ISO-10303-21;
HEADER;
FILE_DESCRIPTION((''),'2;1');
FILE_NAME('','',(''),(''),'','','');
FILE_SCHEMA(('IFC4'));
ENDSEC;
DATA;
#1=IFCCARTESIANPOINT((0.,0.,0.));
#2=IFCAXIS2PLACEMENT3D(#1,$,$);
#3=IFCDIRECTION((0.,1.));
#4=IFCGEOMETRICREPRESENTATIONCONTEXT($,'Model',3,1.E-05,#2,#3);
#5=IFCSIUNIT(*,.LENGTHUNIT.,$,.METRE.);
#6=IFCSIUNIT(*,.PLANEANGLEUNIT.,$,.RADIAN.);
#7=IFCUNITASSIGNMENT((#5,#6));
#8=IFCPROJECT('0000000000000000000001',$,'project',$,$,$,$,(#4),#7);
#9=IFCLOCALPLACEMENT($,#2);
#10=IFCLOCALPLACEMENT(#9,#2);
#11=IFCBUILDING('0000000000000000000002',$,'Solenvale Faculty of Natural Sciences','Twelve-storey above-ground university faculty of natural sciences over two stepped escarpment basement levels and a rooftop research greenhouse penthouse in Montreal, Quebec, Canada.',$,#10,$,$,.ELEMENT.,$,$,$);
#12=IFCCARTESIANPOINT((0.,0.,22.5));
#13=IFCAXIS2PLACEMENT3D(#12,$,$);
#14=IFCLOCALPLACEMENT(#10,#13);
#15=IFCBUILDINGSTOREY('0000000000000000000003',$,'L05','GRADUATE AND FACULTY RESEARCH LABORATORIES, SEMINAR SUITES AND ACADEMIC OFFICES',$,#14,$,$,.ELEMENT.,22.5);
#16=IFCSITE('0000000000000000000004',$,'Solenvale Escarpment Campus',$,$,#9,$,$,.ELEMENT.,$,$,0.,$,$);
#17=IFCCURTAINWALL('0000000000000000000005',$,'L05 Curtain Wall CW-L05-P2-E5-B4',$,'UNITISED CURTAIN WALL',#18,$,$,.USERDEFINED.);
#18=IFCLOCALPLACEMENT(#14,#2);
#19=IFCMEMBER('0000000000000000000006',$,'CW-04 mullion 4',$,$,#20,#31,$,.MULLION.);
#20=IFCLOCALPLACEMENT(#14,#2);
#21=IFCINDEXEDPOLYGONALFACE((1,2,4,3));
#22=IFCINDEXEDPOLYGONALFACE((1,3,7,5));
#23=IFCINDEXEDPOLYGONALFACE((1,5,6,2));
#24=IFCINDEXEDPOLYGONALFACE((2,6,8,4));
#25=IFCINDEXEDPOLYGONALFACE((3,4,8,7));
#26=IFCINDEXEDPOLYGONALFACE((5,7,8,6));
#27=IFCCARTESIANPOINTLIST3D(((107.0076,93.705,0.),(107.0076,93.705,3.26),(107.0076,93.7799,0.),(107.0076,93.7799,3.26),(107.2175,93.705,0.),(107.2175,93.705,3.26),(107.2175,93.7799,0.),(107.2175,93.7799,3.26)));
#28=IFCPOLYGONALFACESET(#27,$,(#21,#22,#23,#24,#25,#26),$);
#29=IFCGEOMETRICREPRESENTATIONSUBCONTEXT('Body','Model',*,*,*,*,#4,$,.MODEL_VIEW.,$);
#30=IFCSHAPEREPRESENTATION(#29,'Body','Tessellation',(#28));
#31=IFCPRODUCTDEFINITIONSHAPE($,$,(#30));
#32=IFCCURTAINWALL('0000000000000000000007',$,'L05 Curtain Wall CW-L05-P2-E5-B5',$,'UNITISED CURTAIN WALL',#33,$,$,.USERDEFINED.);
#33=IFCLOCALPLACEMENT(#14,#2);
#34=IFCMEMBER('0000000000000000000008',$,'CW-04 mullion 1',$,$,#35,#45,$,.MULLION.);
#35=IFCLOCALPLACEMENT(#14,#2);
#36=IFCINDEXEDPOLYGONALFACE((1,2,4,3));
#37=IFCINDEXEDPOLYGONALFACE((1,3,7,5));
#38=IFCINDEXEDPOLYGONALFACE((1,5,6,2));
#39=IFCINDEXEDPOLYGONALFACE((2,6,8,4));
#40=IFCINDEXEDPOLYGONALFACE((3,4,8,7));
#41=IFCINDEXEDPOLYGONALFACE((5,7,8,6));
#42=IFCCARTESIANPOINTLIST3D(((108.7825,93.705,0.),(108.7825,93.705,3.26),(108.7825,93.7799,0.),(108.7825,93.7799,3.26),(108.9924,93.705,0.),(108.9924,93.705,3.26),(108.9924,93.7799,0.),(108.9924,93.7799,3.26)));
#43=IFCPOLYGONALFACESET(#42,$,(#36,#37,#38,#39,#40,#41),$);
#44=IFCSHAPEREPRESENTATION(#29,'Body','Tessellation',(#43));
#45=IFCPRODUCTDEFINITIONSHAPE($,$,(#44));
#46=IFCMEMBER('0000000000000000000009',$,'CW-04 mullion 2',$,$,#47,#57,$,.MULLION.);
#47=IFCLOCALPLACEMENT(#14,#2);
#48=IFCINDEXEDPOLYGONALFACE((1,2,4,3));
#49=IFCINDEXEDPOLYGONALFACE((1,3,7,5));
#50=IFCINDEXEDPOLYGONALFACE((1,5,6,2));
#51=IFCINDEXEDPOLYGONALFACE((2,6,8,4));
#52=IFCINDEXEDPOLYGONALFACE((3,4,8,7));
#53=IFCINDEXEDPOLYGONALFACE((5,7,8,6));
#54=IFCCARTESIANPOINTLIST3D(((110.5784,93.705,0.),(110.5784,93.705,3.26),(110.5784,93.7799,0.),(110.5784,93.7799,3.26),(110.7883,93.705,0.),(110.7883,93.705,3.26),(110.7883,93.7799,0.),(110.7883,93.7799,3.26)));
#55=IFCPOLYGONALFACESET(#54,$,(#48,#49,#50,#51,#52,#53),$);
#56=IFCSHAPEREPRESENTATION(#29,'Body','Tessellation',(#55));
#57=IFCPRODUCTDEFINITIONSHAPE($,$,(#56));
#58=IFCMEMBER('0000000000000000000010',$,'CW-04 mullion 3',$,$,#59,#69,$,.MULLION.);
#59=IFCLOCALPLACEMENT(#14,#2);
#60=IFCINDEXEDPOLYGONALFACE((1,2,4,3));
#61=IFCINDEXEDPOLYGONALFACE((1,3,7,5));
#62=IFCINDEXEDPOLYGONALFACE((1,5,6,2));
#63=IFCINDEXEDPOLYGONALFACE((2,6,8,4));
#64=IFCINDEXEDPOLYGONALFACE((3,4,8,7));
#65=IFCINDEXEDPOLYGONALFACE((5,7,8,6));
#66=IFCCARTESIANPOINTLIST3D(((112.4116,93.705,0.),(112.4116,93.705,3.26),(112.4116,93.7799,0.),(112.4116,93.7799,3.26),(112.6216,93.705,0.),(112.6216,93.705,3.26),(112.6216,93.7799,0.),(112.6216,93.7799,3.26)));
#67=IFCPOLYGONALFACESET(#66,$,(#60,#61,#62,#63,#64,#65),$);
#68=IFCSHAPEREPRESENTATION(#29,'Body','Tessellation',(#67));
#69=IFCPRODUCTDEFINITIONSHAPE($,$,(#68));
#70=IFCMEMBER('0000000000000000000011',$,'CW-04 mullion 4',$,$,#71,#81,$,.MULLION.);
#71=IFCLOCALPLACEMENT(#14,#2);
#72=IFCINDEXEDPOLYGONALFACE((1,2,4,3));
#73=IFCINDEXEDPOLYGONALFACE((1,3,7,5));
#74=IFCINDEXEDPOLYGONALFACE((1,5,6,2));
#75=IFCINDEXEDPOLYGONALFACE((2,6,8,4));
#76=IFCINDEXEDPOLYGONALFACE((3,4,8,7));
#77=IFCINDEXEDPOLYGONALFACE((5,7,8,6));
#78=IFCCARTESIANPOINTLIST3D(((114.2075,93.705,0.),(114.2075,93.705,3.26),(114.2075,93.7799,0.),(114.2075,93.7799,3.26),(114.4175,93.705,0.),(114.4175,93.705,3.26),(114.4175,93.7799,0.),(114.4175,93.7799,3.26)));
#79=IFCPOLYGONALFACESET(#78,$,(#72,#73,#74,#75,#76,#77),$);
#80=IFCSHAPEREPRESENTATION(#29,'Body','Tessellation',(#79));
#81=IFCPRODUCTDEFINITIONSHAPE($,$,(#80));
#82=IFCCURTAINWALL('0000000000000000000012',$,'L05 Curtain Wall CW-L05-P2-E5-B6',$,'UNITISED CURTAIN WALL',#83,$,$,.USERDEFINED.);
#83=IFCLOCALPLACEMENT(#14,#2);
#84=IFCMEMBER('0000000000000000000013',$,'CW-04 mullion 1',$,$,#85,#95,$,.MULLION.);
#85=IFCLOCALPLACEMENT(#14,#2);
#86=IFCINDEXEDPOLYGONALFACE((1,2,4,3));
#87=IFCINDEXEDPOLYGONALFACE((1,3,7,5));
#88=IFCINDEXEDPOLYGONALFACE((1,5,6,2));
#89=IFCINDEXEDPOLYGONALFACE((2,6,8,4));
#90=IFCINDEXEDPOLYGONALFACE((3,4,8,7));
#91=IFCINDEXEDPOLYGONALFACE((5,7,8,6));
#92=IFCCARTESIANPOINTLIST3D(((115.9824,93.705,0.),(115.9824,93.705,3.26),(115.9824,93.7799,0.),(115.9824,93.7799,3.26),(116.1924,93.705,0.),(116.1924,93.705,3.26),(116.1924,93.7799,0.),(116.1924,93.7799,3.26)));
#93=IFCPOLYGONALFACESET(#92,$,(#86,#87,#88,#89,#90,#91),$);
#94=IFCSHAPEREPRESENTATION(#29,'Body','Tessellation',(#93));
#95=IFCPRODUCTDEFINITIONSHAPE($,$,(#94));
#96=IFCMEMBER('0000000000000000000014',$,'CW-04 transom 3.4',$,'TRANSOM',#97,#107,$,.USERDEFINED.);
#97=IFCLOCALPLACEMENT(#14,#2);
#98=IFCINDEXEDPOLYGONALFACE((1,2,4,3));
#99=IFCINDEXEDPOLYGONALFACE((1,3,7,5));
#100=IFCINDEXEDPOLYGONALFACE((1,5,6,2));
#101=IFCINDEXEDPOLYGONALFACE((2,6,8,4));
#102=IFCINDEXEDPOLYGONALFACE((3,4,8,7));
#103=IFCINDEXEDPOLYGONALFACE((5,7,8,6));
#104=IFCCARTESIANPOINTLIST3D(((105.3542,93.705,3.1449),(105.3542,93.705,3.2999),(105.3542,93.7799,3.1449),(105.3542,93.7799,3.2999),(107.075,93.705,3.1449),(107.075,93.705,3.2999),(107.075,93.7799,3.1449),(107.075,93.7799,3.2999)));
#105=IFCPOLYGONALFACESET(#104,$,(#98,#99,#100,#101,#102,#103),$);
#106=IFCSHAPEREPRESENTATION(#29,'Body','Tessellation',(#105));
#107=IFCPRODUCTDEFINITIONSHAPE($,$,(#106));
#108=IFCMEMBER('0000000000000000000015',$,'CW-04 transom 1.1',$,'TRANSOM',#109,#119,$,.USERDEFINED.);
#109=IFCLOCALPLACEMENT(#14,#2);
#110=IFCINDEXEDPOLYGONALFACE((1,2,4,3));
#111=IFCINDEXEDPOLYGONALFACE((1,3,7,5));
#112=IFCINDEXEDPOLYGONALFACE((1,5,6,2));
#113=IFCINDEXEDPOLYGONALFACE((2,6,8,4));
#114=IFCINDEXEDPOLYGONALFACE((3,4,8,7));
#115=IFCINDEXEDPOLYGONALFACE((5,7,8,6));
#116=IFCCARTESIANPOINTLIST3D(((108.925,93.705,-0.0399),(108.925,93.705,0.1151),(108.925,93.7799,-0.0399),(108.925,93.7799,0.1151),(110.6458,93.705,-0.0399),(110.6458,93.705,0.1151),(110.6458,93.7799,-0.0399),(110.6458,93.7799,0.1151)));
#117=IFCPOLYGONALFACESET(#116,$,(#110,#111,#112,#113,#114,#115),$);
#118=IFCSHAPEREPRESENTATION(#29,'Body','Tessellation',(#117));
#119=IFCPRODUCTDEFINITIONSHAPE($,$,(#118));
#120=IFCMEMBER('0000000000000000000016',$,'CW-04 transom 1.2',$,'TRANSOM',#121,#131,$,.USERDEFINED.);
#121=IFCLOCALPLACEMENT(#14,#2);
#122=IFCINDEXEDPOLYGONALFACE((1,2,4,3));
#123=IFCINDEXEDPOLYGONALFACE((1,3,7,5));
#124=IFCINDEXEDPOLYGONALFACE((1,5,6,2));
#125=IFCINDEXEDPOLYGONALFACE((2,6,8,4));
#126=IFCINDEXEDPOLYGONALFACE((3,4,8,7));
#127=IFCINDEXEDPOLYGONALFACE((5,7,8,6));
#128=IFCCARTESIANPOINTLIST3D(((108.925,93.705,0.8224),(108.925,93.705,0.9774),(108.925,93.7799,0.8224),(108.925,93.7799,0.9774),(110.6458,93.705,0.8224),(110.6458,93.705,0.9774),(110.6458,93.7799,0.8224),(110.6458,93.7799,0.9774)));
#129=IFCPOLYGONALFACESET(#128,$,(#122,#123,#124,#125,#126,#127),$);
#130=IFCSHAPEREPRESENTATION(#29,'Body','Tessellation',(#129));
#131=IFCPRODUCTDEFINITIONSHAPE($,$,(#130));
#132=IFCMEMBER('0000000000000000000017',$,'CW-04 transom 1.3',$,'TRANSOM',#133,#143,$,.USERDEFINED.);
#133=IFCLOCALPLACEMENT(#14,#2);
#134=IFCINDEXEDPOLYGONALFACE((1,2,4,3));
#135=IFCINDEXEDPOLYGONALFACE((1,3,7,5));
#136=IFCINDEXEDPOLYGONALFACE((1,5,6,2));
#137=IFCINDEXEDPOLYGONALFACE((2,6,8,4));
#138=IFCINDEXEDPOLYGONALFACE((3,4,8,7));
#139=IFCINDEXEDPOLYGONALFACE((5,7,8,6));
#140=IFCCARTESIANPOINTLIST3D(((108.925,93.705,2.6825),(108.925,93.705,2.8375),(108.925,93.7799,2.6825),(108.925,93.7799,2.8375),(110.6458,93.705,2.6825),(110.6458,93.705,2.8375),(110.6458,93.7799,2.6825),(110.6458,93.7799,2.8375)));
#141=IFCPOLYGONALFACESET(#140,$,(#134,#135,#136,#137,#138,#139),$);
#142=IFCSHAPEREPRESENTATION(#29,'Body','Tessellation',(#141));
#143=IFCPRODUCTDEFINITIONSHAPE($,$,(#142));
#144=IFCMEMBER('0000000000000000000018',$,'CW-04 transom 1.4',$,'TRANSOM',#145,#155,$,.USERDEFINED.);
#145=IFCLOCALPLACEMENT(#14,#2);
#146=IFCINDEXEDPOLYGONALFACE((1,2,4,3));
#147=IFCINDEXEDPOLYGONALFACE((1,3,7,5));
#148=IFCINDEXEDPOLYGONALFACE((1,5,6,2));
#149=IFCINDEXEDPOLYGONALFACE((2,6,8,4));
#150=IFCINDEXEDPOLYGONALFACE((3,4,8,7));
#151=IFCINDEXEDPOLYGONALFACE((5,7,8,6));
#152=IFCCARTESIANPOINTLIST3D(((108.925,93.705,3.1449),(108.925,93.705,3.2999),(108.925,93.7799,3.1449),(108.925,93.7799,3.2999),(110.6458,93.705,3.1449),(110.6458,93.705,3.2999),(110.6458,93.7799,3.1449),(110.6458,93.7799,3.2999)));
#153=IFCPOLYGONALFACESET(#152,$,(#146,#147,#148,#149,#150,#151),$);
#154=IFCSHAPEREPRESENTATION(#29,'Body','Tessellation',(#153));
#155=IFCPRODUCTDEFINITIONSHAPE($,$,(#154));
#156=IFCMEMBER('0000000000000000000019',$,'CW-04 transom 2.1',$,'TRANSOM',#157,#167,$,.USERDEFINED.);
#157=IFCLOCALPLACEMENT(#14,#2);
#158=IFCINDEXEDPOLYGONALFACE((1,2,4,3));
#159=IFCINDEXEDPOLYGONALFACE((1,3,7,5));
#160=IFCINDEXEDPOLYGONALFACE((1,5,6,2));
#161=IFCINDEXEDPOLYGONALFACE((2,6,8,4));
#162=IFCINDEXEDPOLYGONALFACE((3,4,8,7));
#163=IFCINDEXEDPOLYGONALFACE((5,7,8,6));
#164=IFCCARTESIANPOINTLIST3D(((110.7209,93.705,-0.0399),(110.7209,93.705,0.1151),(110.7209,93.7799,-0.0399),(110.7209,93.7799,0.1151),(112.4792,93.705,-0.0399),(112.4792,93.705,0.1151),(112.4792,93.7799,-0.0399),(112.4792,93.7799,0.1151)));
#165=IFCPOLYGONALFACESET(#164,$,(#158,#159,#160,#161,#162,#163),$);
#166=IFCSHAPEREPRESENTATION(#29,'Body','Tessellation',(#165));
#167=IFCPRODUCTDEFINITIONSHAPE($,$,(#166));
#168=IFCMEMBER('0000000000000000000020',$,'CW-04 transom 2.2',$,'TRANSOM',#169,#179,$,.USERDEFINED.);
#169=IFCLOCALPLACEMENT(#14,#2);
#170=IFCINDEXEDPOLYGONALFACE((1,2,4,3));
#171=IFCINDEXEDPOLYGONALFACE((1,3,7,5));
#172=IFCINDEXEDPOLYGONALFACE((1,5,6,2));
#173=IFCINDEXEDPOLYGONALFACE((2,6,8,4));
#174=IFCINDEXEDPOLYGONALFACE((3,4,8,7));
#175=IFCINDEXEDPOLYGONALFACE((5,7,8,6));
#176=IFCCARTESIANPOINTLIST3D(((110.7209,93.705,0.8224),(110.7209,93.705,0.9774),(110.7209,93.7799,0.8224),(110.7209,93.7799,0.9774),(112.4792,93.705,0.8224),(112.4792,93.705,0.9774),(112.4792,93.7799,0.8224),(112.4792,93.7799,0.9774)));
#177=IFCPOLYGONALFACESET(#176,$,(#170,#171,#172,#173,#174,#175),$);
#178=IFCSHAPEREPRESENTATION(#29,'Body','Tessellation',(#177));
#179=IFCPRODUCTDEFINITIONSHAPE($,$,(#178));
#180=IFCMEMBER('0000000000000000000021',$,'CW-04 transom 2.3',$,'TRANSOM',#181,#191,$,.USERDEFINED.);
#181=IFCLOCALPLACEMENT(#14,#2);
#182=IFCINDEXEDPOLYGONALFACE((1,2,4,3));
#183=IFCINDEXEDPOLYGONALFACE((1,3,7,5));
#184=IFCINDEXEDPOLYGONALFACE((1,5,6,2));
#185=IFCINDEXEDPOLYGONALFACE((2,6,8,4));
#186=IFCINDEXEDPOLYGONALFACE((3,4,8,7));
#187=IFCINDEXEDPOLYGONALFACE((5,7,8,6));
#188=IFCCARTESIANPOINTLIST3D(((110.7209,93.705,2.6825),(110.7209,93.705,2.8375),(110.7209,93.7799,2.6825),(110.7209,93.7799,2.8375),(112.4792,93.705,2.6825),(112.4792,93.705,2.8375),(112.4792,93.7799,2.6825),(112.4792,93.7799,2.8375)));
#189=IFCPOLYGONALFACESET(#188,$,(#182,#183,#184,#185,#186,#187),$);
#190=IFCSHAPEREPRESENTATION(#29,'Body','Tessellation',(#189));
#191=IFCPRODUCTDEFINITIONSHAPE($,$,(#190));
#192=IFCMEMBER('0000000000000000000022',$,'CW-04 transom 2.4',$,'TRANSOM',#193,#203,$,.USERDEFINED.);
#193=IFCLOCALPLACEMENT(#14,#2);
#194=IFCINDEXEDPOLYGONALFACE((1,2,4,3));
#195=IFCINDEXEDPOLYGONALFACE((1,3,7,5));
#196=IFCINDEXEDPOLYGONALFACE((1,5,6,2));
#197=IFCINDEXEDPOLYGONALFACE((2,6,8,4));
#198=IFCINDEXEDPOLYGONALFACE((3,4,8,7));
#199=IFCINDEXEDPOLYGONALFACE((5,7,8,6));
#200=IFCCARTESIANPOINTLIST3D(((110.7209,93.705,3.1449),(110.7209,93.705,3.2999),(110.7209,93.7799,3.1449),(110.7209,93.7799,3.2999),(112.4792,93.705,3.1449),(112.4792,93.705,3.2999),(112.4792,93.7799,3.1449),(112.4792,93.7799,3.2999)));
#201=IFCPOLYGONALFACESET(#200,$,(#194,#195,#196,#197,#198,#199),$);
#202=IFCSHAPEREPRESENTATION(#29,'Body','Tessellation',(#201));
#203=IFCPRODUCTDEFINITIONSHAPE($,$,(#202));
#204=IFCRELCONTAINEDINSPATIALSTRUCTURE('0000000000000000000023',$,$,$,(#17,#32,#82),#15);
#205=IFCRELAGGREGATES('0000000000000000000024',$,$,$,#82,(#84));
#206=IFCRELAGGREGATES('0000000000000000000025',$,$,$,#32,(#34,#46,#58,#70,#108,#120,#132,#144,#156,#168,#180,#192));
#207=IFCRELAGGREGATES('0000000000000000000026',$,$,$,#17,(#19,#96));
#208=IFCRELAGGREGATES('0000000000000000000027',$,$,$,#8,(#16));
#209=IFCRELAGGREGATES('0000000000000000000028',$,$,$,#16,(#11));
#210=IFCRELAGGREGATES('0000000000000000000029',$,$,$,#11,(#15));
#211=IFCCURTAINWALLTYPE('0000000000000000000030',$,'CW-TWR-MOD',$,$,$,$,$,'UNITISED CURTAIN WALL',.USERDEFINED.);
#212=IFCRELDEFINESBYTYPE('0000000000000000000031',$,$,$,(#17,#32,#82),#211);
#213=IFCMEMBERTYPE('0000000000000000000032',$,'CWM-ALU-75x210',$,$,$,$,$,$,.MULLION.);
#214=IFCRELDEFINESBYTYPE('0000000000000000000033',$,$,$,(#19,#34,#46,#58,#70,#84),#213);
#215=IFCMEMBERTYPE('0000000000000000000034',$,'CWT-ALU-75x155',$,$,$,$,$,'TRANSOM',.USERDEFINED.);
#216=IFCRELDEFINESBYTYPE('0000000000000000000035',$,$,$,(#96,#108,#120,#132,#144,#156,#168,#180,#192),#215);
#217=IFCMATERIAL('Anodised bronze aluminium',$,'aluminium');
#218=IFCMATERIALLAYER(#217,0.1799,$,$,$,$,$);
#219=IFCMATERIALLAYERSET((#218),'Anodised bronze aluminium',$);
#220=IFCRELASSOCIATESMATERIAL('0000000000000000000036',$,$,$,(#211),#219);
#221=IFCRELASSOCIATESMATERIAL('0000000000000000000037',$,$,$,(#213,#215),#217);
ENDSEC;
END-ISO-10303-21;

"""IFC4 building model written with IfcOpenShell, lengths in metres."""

from ifc_helpers import new_model, si_unit, direction, frame, origin, origin_2d, place, context, subcontext, project, spatial, rectangle, extrude, material, layer, layer_set, material_profile, profile_set, type_object, element, aggregate, save


model = new_model("IFC4")

# Units and contexts
model_context = context("Model", 3, precision=1e-05, world=origin(), true_north=direction((0.0, 1.0)))
body_context = subcontext(model_context, "Body", "Model", "MODEL_VIEW")
ifc_project = project(units=[si_unit("LENGTHUNIT", "METRE"), si_unit("PLANEANGLEUNIT", "RADIAN")], contexts=[model_context])

# Site, building, storey
site_placement = place(None, origin())
site = spatial("IfcSite", under=ifc_project, at=site_placement, Name="Solenvale Escarpment Campus", CompositionType="ELEMENT", RefElevation=0.0)
building_placement = place(site_placement, origin())
building = spatial("IfcBuilding", under=site, at=building_placement, Name="Solenvale Faculty of Natural Sciences", Description="Twelve-storey above-ground university faculty of natural sciences over two stepped escarpment basement levels and a rooftop research greenhouse penthouse in Montreal, Quebec, Canada.", CompositionType="ELEMENT")
storey_placement = place(building_placement, frame((0.0, 0.0, 22.5)))
storey = spatial("IfcBuildingStorey", under=building, at=storey_placement, Name="L05", Description="GRADUATE AND FACULTY RESEARCH LABORATORIES, SEMINAR SUITES AND ACADEMIC OFFICES", CompositionType="ELEMENT", Elevation=22.5)

# Curtain wall, member
ifc_material_1 = material(Name="Anodised bronze aluminium", Category="aluminium")
ifc_layer_1 = layer(ifc_material_1, 0.1799)
ifc_layer_set_1 = layer_set([ifc_layer_1], Name="Anodised bronze aluminium")
curtain_wall_type = type_object("IfcCurtainWallType", Name="CW-TWR-MOD", ElementType="UNITISED CURTAIN WALL", PredefinedType="USERDEFINED", material=ifc_layer_set_1)
curtain_wall_1_placement = place(storey_placement, origin())
curtain_wall_1 = element("IfcCurtainWall", 1, at=curtain_wall_1_placement, inside=storey, type_object=curtain_wall_type, Name="L05 Curtain Wall CW-L05-P2-E5-B4", ObjectType="UNITISED CURTAIN WALL", PredefinedType="USERDEFINED")
ifc_material_profile_1 = material_profile(ifc_material_1, rectangle(XDim=0.075, YDim=0.21, at=origin_2d()), Name="ALU-MUL-75x210")
ifc_profile_set_1 = profile_set([ifc_material_profile_1], Name="Anodised bronze aluminium")
member_type_1 = type_object("IfcMemberType", Name="CWM-ALU-75x210", PredefinedType="MULLION", material=ifc_profile_set_1)
member_1_placement = place(storey_placement, frame((107.1125, 93.7424, 0.0), z_axis=(0.0, 0.0, 1.0), x_axis=(0.0, 1.0, 0.0)))
member_1 = element("IfcMember", 2, at=member_1_placement, type_object=member_type_1, Name="CW-04 mullion 4", PredefinedType="MULLION", context=body_context, shape_type="SweptSolid", body=[
    extrude(rectangle(XDim=0.075, YDim=0.21, at=origin_2d()), origin(), (0.0, 0.0, 1.0), 3.26),
])

# Curtain wall, members
curtain_wall_2_placement = place(storey_placement, origin())
curtain_wall_2 = element("IfcCurtainWall", 3, at=curtain_wall_2_placement, inside=storey, type_object=curtain_wall_type, Name="L05 Curtain Wall CW-L05-P2-E5-B5", ObjectType="UNITISED CURTAIN WALL", PredefinedType="USERDEFINED")
member_2_placement = place(storey_placement, frame((108.8875, 93.7424, 0.0), z_axis=(0.0, 0.0, 1.0), x_axis=(0.0, 1.0, 0.0)))
member_2 = element("IfcMember", 4, at=member_2_placement, type_object=member_type_1, Name="CW-04 mullion 1", PredefinedType="MULLION", context=body_context, shape_type="SweptSolid", body=[
    extrude(rectangle(XDim=0.075, YDim=0.21, at=origin_2d()), origin(), (0.0, 0.0, 1.0), 3.26),
])
member_3_placement = place(storey_placement, frame((110.6833, 93.7424, 0.0), z_axis=(0.0, 0.0, 1.0), x_axis=(0.0, 1.0, 0.0)))
member_3 = element("IfcMember", 5, at=member_3_placement, type_object=member_type_1, Name="CW-04 mullion 2", PredefinedType="MULLION", context=body_context, shape_type="SweptSolid", body=[
    extrude(rectangle(XDim=0.075, YDim=0.21, at=origin_2d()), origin(), (0.0, 0.0, 1.0), 3.26),
])
member_4_placement = place(storey_placement, frame((112.5166, 93.7424, 0.0), z_axis=(0.0, 0.0, 1.0), x_axis=(0.0, 1.0, 0.0)))
member_4 = element("IfcMember", 6, at=member_4_placement, type_object=member_type_1, Name="CW-04 mullion 3", PredefinedType="MULLION", context=body_context, shape_type="SweptSolid", body=[
    extrude(rectangle(XDim=0.075, YDim=0.21, at=origin_2d()), origin(), (0.0, 0.0, 1.0), 3.26),
])
member_5_placement = place(storey_placement, frame((114.3125, 93.7424, 0.0), z_axis=(0.0, 0.0, 1.0), x_axis=(0.0, 1.0, 0.0)))
member_5 = element("IfcMember", 7, at=member_5_placement, type_object=member_type_1, Name="CW-04 mullion 4", PredefinedType="MULLION", context=body_context, shape_type="SweptSolid", body=[
    extrude(rectangle(XDim=0.075, YDim=0.21, at=origin_2d()), origin(), (0.0, 0.0, 1.0), 3.26),
])

# Curtain wall, member
curtain_wall_3_placement = place(storey_placement, origin())
curtain_wall_3 = element("IfcCurtainWall", 8, at=curtain_wall_3_placement, inside=storey, type_object=curtain_wall_type, Name="L05 Curtain Wall CW-L05-P2-E5-B6", ObjectType="UNITISED CURTAIN WALL", PredefinedType="USERDEFINED")
member_6_placement = place(storey_placement, frame((116.0874, 93.7424, 0.0), z_axis=(0.0, 0.0, 1.0), x_axis=(0.0, 1.0, 0.0)))
member_6 = element("IfcMember", 9, at=member_6_placement, type_object=member_type_1, Name="CW-04 mullion 1", PredefinedType="MULLION", context=body_context, shape_type="SweptSolid", body=[
    extrude(rectangle(XDim=0.075, YDim=0.21, at=origin_2d()), origin(), (0.0, 0.0, 1.0), 3.26),
])

# Members
ifc_material_profile_2 = material_profile(ifc_material_1, rectangle(XDim=0.075, YDim=0.155, at=origin_2d()), Name="ALU-TRN-75x155")
ifc_profile_set_2 = profile_set([ifc_material_profile_2], Name="Anodised bronze aluminium")
member_type_2 = type_object("IfcMemberType", Name="CWT-ALU-75x155", ElementType="TRANSOM", PredefinedType="USERDEFINED", material=ifc_profile_set_2)
member_7_placement = place(storey_placement, frame((105.3542, 93.7424, 3.2224), z_axis=(1.0, 0.0, 0.0), x_axis=(0.0, 1.0, 0.0)))
member_7 = element("IfcMember", 10, at=member_7_placement, type_object=member_type_2, Name="CW-04 transom 3.4", ObjectType="TRANSOM", PredefinedType="USERDEFINED", context=body_context, shape_type="SweptSolid", body=[
    extrude(rectangle(XDim=0.075, YDim=0.155, at=origin_2d()), origin(), (0.0, 0.0, 1.0), 1.7207),
])
member_8_placement = place(storey_placement, frame((108.925, 93.7424, 0.0376), z_axis=(1.0, 0.0, 0.0), x_axis=(0.0, 1.0, 0.0)))
member_8 = element("IfcMember", 11, at=member_8_placement, type_object=member_type_2, Name="CW-04 transom 1.1", ObjectType="TRANSOM", PredefinedType="USERDEFINED", context=body_context, shape_type="SweptSolid", body=[
    extrude(rectangle(XDim=0.075, YDim=0.155, at=origin_2d()), origin(), (0.0, 0.0, 1.0), 1.7207),
])
member_9_placement = place(storey_placement, frame((108.925, 93.7424, 0.8999), z_axis=(1.0, 0.0, 0.0), x_axis=(0.0, 1.0, 0.0)))
member_9 = element("IfcMember", 12, at=member_9_placement, type_object=member_type_2, Name="CW-04 transom 1.2", ObjectType="TRANSOM", PredefinedType="USERDEFINED", context=body_context, shape_type="SweptSolid", body=[
    extrude(rectangle(XDim=0.075, YDim=0.155, at=origin_2d()), origin(), (0.0, 0.0, 1.0), 1.7207),
])
member_10_placement = place(storey_placement, frame((108.925, 93.7424, 2.76), z_axis=(1.0, 0.0, 0.0), x_axis=(0.0, 1.0, 0.0)))
member_10 = element("IfcMember", 13, at=member_10_placement, type_object=member_type_2, Name="CW-04 transom 1.3", ObjectType="TRANSOM", PredefinedType="USERDEFINED", context=body_context, shape_type="SweptSolid", body=[
    extrude(rectangle(XDim=0.075, YDim=0.155, at=origin_2d()), origin(), (0.0, 0.0, 1.0), 1.7207),
])
member_11_placement = place(storey_placement, frame((108.925, 93.7424, 3.2224), z_axis=(1.0, 0.0, 0.0), x_axis=(0.0, 1.0, 0.0)))
member_11 = element("IfcMember", 14, at=member_11_placement, type_object=member_type_2, Name="CW-04 transom 1.4", ObjectType="TRANSOM", PredefinedType="USERDEFINED", context=body_context, shape_type="SweptSolid", body=[
    extrude(rectangle(XDim=0.075, YDim=0.155, at=origin_2d()), origin(), (0.0, 0.0, 1.0), 1.7207),
])
member_12_placement = place(storey_placement, frame((110.7209, 93.7424, 0.0376), z_axis=(1.0, 0.0, 0.0), x_axis=(0.0, 1.0, 0.0)))
member_12 = element("IfcMember", 15, at=member_12_placement, type_object=member_type_2, Name="CW-04 transom 2.1", ObjectType="TRANSOM", PredefinedType="USERDEFINED", context=body_context, shape_type="SweptSolid", body=[
    extrude(rectangle(XDim=0.075, YDim=0.155, at=origin_2d()), origin(), (0.0, 0.0, 1.0), 1.7583),
])
member_13_placement = place(storey_placement, frame((110.7209, 93.7424, 0.8999), z_axis=(1.0, 0.0, 0.0), x_axis=(0.0, 1.0, 0.0)))
member_13 = element("IfcMember", 16, at=member_13_placement, type_object=member_type_2, Name="CW-04 transom 2.2", ObjectType="TRANSOM", PredefinedType="USERDEFINED", context=body_context, shape_type="SweptSolid", body=[
    extrude(rectangle(XDim=0.075, YDim=0.155, at=origin_2d()), origin(), (0.0, 0.0, 1.0), 1.7583),
])
member_14_placement = place(storey_placement, frame((110.7209, 93.7424, 2.76), z_axis=(1.0, 0.0, 0.0), x_axis=(0.0, 1.0, 0.0)))
member_14 = element("IfcMember", 17, at=member_14_placement, type_object=member_type_2, Name="CW-04 transom 2.3", ObjectType="TRANSOM", PredefinedType="USERDEFINED", context=body_context, shape_type="SweptSolid", body=[
    extrude(rectangle(XDim=0.075, YDim=0.155, at=origin_2d()), origin(), (0.0, 0.0, 1.0), 1.7583),
])
member_15_placement = place(storey_placement, frame((110.7209, 93.7424, 3.2224), z_axis=(1.0, 0.0, 0.0), x_axis=(0.0, 1.0, 0.0)))
member_15 = element("IfcMember", 18, at=member_15_placement, type_object=member_type_2, Name="CW-04 transom 2.4", ObjectType="TRANSOM", PredefinedType="USERDEFINED", context=body_context, shape_type="SweptSolid", body=[
    extrude(rectangle(XDim=0.075, YDim=0.155, at=origin_2d()), origin(), (0.0, 0.0, 1.0), 1.7583),
])
aggregate(curtain_wall_3, [member_6])

aggregate(curtain_wall_2, [member_2, member_3, member_4, member_5, member_8, member_9, member_10, member_11, member_12, member_13, member_14, member_15])
aggregate(curtain_wall_1, [member_1, member_7])

save(model, "model.ifc")
